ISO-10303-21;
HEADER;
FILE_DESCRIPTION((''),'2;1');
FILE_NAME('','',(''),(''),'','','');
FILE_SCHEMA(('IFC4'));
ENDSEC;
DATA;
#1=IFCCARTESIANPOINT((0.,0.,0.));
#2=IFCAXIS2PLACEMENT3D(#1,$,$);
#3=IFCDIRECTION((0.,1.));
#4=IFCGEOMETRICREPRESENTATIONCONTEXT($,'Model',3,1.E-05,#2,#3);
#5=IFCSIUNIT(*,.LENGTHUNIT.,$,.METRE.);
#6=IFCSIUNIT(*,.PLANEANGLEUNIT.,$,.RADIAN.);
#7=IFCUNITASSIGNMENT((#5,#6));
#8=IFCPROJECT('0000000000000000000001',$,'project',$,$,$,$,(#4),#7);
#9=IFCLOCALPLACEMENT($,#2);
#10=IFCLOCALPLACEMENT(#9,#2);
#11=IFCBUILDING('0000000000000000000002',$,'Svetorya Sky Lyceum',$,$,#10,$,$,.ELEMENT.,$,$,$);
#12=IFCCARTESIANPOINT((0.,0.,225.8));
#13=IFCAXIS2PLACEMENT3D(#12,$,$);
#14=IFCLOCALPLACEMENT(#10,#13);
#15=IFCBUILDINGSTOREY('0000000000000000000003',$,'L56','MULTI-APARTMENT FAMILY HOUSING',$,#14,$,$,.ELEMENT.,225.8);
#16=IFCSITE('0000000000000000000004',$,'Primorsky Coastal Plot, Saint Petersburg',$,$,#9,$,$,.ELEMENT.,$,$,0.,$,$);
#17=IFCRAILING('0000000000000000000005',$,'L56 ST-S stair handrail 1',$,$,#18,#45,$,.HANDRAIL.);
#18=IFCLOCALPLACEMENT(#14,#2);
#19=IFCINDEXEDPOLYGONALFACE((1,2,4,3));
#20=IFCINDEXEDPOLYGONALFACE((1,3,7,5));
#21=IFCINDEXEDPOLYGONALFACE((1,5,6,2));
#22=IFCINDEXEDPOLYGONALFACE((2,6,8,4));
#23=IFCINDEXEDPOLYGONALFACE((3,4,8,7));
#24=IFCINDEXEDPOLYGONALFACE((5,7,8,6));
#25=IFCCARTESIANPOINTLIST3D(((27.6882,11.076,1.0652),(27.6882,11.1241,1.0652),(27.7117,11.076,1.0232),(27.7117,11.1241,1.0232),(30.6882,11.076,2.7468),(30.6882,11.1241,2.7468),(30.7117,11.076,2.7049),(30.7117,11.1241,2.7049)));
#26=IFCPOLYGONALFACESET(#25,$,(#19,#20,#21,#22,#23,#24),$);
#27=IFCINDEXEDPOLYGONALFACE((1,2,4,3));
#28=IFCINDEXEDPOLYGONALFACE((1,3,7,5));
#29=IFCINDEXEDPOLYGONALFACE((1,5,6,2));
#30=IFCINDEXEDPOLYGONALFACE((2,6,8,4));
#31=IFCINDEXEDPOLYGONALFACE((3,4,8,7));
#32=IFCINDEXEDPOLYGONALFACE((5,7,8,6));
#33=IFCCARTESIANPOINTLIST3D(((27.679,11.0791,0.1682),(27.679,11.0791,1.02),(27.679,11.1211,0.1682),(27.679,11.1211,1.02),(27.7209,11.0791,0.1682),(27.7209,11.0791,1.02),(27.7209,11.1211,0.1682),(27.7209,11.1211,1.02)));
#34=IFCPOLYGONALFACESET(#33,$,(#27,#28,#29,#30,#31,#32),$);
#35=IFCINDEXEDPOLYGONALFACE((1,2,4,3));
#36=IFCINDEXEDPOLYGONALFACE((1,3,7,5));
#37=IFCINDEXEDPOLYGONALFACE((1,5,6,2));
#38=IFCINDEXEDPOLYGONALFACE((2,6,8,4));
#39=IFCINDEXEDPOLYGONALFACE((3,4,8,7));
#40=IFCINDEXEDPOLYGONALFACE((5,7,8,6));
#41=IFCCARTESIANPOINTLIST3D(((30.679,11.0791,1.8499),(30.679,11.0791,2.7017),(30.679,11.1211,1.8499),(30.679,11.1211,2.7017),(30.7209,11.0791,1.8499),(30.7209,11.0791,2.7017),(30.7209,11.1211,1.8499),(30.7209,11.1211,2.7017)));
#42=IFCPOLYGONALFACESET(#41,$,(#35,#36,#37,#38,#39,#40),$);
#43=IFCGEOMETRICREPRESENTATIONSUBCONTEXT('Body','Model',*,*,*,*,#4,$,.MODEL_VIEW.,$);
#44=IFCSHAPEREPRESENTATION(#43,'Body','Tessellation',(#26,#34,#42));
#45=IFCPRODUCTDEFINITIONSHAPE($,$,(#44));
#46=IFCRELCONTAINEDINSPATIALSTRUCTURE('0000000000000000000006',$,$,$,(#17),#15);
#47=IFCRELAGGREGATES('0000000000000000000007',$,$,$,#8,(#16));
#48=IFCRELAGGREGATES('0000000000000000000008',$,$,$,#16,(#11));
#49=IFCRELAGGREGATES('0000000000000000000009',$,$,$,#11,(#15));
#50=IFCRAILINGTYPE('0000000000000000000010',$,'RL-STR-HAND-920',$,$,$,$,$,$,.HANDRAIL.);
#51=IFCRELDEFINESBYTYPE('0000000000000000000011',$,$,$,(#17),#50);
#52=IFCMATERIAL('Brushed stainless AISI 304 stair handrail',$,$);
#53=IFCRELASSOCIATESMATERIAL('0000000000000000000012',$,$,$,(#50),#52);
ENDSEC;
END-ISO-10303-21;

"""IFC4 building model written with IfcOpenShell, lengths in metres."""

from ifc_helpers import new_model, si_unit, direction, frame, origin, origin_2d, place, context, subcontext, project, spatial, rectangle, extrude, material, type_object, element, save


model = new_model("IFC4")

# Units and contexts
model_context = context("Model", 3, precision=1e-05, world=origin(), true_north=direction((0.0, 1.0)))
body_context = subcontext(model_context, "Body", "Model", "MODEL_VIEW")
ifc_project = project(units=[si_unit("LENGTHUNIT", "METRE"), si_unit("PLANEANGLEUNIT", "RADIAN")], contexts=[model_context])

# Site, building, storey
site_placement = place(None, origin())
site = spatial("IfcSite", under=ifc_project, at=site_placement, Name="Primorsky Coastal Plot, Saint Petersburg", CompositionType="ELEMENT", RefElevation=0.0)
building_placement = place(site_placement, origin())
building = spatial("IfcBuilding", under=site, at=building_placement, Name="Svetorya Sky Lyceum", CompositionType="ELEMENT")
storey_placement = place(building_placement, frame((0.0, 0.0, 225.8)))
storey = spatial("IfcBuildingStorey", under=building, at=storey_placement, Name="L56", Description="MULTI-APARTMENT FAMILY HOUSING", CompositionType="ELEMENT", Elevation=225.8)

# Railing
ifc_material_1 = material(Name="Brushed stainless AISI 304 stair handrail")
railing_type_1 = type_object("IfcRailingType", Name="RL-STR-HAND-920", PredefinedType="HANDRAIL", material=ifc_material_1)
railing_1_placement = place(storey_placement, frame((27.7, 11.1001, 0.1682)))
element("IfcRailing", 1, at=railing_1_placement, inside=storey, type_object=railing_type_1, Name="L56 ST-S stair handrail 1", PredefinedType="HANDRAIL", context=body_context, shape_type="SweptSolid", body=[
    extrude(rectangle(XDim=0.0481, YDim=0.0481, at=origin_2d()), frame((0.0, 0.0, 0.876), z_axis=(0.872303, 0.0, 0.488966), x_axis=(0.0, 1.0, 0.0)), (0.0, 0.0, 1.0), 3.4392),
    extrude(rectangle(XDim=0.042, YDim=0.042, at=origin_2d()), origin(), (0.0, 0.0, 1.0), 0.8518),
    extrude(rectangle(XDim=0.042, YDim=0.042, at=origin_2d()), frame((3.0, 0.0, 1.6816)), (0.0, 0.0, 1.0), 0.8518),
])

save(model, "model.ifc")
